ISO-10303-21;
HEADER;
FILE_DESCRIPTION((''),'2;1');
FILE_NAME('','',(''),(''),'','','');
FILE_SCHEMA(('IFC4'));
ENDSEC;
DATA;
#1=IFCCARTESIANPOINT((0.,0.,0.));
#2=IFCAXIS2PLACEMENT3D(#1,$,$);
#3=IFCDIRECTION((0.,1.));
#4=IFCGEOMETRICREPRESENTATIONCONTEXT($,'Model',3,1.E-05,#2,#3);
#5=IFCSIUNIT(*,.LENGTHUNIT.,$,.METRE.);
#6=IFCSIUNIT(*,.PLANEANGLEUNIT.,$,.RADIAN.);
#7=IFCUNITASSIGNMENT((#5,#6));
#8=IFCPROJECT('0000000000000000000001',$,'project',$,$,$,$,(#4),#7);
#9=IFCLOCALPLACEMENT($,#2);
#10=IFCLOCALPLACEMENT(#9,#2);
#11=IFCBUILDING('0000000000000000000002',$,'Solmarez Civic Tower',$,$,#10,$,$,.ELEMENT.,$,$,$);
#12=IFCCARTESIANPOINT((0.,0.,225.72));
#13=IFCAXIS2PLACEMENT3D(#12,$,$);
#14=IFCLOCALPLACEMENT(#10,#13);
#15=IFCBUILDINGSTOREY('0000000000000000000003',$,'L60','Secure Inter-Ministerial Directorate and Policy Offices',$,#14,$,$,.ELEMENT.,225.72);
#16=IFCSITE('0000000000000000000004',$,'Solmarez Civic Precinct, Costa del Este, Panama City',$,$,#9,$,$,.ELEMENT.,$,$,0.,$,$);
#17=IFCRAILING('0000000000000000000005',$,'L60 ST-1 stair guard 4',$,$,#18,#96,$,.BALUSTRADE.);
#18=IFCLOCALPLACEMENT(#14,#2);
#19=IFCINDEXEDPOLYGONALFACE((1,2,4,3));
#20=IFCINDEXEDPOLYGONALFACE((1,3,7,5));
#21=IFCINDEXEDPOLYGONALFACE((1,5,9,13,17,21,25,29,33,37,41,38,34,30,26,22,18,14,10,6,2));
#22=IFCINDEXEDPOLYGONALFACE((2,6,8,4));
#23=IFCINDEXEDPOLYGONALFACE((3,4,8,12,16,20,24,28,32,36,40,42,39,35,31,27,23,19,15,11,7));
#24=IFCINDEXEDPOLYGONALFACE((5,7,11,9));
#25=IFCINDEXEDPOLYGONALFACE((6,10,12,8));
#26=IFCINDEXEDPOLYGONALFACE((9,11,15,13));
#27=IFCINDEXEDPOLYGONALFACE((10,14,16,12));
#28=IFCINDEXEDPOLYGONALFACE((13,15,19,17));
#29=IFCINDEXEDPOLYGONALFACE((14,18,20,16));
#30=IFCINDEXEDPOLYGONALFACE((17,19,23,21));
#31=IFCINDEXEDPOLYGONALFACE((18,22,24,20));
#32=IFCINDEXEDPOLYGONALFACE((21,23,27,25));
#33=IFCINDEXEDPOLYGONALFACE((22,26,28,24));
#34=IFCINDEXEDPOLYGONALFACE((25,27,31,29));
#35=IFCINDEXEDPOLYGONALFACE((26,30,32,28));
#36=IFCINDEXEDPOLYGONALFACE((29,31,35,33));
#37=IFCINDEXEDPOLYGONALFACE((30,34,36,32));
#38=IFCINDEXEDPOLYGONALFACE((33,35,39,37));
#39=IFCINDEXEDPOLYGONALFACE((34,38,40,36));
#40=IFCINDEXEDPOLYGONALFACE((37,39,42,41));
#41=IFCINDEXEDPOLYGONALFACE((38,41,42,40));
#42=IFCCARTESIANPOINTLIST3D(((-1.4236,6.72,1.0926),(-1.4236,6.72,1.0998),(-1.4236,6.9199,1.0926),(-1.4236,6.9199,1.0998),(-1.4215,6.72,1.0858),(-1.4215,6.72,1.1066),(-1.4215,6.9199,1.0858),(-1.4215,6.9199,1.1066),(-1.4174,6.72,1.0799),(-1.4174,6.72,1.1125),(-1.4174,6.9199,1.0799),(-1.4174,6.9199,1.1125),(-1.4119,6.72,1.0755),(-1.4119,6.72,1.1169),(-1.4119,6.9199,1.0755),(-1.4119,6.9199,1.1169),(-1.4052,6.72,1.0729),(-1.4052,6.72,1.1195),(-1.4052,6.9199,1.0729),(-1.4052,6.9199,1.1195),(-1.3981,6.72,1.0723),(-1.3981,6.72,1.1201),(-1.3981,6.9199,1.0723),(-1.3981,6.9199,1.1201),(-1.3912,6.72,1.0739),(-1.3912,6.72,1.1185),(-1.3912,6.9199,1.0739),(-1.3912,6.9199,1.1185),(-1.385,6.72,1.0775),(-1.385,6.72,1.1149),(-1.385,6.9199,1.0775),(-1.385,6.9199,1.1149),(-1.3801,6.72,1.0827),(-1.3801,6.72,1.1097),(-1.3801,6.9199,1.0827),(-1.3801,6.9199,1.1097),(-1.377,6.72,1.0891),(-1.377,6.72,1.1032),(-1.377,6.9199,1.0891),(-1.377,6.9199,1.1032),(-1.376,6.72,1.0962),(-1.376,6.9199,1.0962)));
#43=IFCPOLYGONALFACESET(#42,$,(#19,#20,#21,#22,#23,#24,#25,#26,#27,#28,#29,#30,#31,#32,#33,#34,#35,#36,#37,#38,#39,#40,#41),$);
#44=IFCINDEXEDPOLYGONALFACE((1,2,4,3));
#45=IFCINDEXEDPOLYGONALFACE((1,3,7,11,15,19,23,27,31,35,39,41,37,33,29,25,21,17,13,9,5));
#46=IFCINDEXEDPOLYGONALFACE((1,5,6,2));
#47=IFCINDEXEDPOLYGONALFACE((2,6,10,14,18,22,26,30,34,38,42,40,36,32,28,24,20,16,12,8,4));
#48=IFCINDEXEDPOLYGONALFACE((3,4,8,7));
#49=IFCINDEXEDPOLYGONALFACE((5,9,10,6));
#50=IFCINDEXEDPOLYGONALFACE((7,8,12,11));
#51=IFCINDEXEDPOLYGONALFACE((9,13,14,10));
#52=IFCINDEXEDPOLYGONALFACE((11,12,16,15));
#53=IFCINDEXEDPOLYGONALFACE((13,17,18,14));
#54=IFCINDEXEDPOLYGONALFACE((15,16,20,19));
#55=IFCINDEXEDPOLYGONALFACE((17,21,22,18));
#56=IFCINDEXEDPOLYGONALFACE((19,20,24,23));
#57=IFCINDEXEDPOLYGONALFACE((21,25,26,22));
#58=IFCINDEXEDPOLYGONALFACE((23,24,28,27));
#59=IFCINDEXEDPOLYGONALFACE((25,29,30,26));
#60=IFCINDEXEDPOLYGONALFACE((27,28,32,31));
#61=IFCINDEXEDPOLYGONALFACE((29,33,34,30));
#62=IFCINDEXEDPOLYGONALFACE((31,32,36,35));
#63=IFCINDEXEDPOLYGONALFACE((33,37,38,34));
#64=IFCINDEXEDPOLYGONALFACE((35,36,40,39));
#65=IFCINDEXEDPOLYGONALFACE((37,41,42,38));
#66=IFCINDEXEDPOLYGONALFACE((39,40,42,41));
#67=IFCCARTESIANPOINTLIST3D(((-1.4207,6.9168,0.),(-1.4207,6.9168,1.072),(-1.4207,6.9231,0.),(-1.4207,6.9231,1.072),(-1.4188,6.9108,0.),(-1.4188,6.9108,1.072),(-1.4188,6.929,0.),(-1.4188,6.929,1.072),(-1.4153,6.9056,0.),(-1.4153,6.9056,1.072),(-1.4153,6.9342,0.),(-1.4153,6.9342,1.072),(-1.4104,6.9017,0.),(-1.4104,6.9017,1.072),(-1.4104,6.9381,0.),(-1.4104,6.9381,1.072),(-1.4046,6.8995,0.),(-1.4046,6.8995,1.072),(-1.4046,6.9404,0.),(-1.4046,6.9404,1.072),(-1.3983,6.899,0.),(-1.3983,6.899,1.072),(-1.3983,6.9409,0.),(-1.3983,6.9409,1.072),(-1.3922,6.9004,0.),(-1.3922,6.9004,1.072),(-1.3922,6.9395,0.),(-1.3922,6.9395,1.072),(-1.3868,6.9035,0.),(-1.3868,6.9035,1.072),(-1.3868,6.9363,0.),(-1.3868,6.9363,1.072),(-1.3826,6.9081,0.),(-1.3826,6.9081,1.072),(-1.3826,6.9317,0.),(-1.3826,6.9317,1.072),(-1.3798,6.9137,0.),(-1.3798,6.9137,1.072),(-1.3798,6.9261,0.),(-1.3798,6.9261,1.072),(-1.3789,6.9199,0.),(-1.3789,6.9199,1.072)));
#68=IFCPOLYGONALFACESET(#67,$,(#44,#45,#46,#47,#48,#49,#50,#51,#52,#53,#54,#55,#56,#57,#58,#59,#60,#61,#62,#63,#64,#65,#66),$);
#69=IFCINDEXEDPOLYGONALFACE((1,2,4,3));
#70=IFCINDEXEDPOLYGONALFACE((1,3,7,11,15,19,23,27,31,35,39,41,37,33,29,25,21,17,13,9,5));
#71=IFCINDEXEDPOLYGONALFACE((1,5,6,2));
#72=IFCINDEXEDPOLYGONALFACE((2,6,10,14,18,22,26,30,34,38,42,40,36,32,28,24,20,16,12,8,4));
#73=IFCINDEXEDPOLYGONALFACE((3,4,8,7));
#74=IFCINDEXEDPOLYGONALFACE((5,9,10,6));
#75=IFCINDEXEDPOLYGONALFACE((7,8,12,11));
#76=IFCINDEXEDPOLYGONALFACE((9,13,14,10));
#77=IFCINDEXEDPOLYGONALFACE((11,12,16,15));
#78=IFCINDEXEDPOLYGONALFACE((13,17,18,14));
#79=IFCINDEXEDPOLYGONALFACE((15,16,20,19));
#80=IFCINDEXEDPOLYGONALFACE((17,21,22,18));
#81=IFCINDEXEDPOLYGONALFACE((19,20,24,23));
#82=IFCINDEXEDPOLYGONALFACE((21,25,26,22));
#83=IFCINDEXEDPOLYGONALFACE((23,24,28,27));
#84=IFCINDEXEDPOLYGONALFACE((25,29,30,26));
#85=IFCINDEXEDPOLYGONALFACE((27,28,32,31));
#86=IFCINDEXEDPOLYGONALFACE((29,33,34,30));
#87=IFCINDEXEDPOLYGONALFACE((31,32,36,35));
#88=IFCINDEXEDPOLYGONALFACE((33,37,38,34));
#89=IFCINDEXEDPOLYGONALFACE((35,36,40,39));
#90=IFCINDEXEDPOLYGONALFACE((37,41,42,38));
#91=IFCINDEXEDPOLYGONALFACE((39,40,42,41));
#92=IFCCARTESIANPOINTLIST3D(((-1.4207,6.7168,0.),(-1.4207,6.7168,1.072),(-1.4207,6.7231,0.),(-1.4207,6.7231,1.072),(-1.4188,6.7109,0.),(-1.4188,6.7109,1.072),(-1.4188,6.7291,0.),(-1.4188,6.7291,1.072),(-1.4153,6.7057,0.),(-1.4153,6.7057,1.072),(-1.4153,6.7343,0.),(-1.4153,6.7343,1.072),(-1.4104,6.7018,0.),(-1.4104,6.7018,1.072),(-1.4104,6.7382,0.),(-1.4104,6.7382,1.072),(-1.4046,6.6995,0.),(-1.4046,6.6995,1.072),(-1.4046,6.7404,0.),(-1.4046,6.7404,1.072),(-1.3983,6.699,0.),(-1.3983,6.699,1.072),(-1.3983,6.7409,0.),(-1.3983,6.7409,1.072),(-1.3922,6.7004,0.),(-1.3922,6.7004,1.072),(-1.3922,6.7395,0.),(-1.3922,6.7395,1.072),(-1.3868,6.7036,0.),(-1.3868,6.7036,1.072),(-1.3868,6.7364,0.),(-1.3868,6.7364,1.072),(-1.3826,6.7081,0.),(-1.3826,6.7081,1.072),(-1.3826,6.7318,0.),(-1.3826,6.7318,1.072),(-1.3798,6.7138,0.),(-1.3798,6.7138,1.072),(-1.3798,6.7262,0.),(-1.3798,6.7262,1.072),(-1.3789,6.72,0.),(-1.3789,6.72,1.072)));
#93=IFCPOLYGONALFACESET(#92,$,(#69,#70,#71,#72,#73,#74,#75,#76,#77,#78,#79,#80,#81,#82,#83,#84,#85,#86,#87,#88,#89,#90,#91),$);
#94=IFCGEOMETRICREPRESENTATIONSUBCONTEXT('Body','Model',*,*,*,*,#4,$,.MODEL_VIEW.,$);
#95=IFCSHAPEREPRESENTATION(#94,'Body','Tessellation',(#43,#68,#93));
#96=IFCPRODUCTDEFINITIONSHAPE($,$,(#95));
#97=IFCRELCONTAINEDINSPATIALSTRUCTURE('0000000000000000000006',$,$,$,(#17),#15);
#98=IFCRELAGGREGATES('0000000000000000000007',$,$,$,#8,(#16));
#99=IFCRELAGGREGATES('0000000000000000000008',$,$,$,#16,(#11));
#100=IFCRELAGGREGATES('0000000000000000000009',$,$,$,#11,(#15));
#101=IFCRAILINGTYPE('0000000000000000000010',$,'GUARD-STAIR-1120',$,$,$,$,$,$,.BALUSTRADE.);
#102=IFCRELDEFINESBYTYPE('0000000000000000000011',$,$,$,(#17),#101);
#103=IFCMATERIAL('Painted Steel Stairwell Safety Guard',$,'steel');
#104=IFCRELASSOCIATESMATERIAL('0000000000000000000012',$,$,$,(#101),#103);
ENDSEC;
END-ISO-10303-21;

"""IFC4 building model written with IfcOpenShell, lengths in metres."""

from ifc_helpers import new_model, si_unit, direction, frame, origin, origin_2d, place, context, subcontext, project, spatial, circle, extrude, material, type_object, element, save


model = new_model("IFC4")

# Units and contexts
model_context = context("Model", 3, precision=1e-05, world=origin(), true_north=direction((0.0, 1.0)))
body_context = subcontext(model_context, "Body", "Model", "MODEL_VIEW")
ifc_project = project(units=[si_unit("LENGTHUNIT", "METRE"), si_unit("PLANEANGLEUNIT", "RADIAN")], contexts=[model_context])

# Site, building, storey
site_placement = place(None, origin())
site = spatial("IfcSite", under=ifc_project, at=site_placement, Name="Solmarez Civic Precinct, Costa del Este, Panama City", CompositionType="ELEMENT", RefElevation=0.0)
building_placement = place(site_placement, origin())
building = spatial("IfcBuilding", under=site, at=building_placement, Name="Solmarez Civic Tower", CompositionType="ELEMENT")
storey_placement = place(building_placement, frame((0.0, 0.0, 225.72)))
storey = spatial("IfcBuildingStorey", under=building, at=storey_placement, Name="L60", Description="Secure Inter-Ministerial Directorate and Policy Offices", CompositionType="ELEMENT", Elevation=225.72)

# Railing
ifc_material_1 = material(Name="Painted Steel Stairwell Safety Guard", Category="steel")
railing_type_1 = type_object("IfcRailingType", Name="GUARD-STAIR-1120", PredefinedType="BALUSTRADE", material=ifc_material_1)
railing_1_placement = place(storey_placement, frame((-1.3999, 6.9199, 0.0)))
element("IfcRailing", 1, at=railing_1_placement, inside=storey, type_object=railing_type_1, Name="L60 ST-1 stair guard 4", PredefinedType="BALUSTRADE", context=body_context, shape_type="SweptSolid", body=[
    extrude(circle(Radius=0.0239, at=origin_2d()), frame((0.0, 0.0, 1.0962), z_axis=(0.0, -1.0, 0.0), x_axis=(1.0, 0.0, 0.0)), (0.0, 0.0, 1.0), 0.2),
    extrude(circle(Radius=0.021, at=origin_2d()), origin(), (0.0, 0.0, 1.0), 1.072),
    extrude(circle(Radius=0.021, at=origin_2d()), frame((0.0, -0.2, 0.0)), (0.0, 0.0, 1.0), 1.072),
])

save(model, "model.ifc")
